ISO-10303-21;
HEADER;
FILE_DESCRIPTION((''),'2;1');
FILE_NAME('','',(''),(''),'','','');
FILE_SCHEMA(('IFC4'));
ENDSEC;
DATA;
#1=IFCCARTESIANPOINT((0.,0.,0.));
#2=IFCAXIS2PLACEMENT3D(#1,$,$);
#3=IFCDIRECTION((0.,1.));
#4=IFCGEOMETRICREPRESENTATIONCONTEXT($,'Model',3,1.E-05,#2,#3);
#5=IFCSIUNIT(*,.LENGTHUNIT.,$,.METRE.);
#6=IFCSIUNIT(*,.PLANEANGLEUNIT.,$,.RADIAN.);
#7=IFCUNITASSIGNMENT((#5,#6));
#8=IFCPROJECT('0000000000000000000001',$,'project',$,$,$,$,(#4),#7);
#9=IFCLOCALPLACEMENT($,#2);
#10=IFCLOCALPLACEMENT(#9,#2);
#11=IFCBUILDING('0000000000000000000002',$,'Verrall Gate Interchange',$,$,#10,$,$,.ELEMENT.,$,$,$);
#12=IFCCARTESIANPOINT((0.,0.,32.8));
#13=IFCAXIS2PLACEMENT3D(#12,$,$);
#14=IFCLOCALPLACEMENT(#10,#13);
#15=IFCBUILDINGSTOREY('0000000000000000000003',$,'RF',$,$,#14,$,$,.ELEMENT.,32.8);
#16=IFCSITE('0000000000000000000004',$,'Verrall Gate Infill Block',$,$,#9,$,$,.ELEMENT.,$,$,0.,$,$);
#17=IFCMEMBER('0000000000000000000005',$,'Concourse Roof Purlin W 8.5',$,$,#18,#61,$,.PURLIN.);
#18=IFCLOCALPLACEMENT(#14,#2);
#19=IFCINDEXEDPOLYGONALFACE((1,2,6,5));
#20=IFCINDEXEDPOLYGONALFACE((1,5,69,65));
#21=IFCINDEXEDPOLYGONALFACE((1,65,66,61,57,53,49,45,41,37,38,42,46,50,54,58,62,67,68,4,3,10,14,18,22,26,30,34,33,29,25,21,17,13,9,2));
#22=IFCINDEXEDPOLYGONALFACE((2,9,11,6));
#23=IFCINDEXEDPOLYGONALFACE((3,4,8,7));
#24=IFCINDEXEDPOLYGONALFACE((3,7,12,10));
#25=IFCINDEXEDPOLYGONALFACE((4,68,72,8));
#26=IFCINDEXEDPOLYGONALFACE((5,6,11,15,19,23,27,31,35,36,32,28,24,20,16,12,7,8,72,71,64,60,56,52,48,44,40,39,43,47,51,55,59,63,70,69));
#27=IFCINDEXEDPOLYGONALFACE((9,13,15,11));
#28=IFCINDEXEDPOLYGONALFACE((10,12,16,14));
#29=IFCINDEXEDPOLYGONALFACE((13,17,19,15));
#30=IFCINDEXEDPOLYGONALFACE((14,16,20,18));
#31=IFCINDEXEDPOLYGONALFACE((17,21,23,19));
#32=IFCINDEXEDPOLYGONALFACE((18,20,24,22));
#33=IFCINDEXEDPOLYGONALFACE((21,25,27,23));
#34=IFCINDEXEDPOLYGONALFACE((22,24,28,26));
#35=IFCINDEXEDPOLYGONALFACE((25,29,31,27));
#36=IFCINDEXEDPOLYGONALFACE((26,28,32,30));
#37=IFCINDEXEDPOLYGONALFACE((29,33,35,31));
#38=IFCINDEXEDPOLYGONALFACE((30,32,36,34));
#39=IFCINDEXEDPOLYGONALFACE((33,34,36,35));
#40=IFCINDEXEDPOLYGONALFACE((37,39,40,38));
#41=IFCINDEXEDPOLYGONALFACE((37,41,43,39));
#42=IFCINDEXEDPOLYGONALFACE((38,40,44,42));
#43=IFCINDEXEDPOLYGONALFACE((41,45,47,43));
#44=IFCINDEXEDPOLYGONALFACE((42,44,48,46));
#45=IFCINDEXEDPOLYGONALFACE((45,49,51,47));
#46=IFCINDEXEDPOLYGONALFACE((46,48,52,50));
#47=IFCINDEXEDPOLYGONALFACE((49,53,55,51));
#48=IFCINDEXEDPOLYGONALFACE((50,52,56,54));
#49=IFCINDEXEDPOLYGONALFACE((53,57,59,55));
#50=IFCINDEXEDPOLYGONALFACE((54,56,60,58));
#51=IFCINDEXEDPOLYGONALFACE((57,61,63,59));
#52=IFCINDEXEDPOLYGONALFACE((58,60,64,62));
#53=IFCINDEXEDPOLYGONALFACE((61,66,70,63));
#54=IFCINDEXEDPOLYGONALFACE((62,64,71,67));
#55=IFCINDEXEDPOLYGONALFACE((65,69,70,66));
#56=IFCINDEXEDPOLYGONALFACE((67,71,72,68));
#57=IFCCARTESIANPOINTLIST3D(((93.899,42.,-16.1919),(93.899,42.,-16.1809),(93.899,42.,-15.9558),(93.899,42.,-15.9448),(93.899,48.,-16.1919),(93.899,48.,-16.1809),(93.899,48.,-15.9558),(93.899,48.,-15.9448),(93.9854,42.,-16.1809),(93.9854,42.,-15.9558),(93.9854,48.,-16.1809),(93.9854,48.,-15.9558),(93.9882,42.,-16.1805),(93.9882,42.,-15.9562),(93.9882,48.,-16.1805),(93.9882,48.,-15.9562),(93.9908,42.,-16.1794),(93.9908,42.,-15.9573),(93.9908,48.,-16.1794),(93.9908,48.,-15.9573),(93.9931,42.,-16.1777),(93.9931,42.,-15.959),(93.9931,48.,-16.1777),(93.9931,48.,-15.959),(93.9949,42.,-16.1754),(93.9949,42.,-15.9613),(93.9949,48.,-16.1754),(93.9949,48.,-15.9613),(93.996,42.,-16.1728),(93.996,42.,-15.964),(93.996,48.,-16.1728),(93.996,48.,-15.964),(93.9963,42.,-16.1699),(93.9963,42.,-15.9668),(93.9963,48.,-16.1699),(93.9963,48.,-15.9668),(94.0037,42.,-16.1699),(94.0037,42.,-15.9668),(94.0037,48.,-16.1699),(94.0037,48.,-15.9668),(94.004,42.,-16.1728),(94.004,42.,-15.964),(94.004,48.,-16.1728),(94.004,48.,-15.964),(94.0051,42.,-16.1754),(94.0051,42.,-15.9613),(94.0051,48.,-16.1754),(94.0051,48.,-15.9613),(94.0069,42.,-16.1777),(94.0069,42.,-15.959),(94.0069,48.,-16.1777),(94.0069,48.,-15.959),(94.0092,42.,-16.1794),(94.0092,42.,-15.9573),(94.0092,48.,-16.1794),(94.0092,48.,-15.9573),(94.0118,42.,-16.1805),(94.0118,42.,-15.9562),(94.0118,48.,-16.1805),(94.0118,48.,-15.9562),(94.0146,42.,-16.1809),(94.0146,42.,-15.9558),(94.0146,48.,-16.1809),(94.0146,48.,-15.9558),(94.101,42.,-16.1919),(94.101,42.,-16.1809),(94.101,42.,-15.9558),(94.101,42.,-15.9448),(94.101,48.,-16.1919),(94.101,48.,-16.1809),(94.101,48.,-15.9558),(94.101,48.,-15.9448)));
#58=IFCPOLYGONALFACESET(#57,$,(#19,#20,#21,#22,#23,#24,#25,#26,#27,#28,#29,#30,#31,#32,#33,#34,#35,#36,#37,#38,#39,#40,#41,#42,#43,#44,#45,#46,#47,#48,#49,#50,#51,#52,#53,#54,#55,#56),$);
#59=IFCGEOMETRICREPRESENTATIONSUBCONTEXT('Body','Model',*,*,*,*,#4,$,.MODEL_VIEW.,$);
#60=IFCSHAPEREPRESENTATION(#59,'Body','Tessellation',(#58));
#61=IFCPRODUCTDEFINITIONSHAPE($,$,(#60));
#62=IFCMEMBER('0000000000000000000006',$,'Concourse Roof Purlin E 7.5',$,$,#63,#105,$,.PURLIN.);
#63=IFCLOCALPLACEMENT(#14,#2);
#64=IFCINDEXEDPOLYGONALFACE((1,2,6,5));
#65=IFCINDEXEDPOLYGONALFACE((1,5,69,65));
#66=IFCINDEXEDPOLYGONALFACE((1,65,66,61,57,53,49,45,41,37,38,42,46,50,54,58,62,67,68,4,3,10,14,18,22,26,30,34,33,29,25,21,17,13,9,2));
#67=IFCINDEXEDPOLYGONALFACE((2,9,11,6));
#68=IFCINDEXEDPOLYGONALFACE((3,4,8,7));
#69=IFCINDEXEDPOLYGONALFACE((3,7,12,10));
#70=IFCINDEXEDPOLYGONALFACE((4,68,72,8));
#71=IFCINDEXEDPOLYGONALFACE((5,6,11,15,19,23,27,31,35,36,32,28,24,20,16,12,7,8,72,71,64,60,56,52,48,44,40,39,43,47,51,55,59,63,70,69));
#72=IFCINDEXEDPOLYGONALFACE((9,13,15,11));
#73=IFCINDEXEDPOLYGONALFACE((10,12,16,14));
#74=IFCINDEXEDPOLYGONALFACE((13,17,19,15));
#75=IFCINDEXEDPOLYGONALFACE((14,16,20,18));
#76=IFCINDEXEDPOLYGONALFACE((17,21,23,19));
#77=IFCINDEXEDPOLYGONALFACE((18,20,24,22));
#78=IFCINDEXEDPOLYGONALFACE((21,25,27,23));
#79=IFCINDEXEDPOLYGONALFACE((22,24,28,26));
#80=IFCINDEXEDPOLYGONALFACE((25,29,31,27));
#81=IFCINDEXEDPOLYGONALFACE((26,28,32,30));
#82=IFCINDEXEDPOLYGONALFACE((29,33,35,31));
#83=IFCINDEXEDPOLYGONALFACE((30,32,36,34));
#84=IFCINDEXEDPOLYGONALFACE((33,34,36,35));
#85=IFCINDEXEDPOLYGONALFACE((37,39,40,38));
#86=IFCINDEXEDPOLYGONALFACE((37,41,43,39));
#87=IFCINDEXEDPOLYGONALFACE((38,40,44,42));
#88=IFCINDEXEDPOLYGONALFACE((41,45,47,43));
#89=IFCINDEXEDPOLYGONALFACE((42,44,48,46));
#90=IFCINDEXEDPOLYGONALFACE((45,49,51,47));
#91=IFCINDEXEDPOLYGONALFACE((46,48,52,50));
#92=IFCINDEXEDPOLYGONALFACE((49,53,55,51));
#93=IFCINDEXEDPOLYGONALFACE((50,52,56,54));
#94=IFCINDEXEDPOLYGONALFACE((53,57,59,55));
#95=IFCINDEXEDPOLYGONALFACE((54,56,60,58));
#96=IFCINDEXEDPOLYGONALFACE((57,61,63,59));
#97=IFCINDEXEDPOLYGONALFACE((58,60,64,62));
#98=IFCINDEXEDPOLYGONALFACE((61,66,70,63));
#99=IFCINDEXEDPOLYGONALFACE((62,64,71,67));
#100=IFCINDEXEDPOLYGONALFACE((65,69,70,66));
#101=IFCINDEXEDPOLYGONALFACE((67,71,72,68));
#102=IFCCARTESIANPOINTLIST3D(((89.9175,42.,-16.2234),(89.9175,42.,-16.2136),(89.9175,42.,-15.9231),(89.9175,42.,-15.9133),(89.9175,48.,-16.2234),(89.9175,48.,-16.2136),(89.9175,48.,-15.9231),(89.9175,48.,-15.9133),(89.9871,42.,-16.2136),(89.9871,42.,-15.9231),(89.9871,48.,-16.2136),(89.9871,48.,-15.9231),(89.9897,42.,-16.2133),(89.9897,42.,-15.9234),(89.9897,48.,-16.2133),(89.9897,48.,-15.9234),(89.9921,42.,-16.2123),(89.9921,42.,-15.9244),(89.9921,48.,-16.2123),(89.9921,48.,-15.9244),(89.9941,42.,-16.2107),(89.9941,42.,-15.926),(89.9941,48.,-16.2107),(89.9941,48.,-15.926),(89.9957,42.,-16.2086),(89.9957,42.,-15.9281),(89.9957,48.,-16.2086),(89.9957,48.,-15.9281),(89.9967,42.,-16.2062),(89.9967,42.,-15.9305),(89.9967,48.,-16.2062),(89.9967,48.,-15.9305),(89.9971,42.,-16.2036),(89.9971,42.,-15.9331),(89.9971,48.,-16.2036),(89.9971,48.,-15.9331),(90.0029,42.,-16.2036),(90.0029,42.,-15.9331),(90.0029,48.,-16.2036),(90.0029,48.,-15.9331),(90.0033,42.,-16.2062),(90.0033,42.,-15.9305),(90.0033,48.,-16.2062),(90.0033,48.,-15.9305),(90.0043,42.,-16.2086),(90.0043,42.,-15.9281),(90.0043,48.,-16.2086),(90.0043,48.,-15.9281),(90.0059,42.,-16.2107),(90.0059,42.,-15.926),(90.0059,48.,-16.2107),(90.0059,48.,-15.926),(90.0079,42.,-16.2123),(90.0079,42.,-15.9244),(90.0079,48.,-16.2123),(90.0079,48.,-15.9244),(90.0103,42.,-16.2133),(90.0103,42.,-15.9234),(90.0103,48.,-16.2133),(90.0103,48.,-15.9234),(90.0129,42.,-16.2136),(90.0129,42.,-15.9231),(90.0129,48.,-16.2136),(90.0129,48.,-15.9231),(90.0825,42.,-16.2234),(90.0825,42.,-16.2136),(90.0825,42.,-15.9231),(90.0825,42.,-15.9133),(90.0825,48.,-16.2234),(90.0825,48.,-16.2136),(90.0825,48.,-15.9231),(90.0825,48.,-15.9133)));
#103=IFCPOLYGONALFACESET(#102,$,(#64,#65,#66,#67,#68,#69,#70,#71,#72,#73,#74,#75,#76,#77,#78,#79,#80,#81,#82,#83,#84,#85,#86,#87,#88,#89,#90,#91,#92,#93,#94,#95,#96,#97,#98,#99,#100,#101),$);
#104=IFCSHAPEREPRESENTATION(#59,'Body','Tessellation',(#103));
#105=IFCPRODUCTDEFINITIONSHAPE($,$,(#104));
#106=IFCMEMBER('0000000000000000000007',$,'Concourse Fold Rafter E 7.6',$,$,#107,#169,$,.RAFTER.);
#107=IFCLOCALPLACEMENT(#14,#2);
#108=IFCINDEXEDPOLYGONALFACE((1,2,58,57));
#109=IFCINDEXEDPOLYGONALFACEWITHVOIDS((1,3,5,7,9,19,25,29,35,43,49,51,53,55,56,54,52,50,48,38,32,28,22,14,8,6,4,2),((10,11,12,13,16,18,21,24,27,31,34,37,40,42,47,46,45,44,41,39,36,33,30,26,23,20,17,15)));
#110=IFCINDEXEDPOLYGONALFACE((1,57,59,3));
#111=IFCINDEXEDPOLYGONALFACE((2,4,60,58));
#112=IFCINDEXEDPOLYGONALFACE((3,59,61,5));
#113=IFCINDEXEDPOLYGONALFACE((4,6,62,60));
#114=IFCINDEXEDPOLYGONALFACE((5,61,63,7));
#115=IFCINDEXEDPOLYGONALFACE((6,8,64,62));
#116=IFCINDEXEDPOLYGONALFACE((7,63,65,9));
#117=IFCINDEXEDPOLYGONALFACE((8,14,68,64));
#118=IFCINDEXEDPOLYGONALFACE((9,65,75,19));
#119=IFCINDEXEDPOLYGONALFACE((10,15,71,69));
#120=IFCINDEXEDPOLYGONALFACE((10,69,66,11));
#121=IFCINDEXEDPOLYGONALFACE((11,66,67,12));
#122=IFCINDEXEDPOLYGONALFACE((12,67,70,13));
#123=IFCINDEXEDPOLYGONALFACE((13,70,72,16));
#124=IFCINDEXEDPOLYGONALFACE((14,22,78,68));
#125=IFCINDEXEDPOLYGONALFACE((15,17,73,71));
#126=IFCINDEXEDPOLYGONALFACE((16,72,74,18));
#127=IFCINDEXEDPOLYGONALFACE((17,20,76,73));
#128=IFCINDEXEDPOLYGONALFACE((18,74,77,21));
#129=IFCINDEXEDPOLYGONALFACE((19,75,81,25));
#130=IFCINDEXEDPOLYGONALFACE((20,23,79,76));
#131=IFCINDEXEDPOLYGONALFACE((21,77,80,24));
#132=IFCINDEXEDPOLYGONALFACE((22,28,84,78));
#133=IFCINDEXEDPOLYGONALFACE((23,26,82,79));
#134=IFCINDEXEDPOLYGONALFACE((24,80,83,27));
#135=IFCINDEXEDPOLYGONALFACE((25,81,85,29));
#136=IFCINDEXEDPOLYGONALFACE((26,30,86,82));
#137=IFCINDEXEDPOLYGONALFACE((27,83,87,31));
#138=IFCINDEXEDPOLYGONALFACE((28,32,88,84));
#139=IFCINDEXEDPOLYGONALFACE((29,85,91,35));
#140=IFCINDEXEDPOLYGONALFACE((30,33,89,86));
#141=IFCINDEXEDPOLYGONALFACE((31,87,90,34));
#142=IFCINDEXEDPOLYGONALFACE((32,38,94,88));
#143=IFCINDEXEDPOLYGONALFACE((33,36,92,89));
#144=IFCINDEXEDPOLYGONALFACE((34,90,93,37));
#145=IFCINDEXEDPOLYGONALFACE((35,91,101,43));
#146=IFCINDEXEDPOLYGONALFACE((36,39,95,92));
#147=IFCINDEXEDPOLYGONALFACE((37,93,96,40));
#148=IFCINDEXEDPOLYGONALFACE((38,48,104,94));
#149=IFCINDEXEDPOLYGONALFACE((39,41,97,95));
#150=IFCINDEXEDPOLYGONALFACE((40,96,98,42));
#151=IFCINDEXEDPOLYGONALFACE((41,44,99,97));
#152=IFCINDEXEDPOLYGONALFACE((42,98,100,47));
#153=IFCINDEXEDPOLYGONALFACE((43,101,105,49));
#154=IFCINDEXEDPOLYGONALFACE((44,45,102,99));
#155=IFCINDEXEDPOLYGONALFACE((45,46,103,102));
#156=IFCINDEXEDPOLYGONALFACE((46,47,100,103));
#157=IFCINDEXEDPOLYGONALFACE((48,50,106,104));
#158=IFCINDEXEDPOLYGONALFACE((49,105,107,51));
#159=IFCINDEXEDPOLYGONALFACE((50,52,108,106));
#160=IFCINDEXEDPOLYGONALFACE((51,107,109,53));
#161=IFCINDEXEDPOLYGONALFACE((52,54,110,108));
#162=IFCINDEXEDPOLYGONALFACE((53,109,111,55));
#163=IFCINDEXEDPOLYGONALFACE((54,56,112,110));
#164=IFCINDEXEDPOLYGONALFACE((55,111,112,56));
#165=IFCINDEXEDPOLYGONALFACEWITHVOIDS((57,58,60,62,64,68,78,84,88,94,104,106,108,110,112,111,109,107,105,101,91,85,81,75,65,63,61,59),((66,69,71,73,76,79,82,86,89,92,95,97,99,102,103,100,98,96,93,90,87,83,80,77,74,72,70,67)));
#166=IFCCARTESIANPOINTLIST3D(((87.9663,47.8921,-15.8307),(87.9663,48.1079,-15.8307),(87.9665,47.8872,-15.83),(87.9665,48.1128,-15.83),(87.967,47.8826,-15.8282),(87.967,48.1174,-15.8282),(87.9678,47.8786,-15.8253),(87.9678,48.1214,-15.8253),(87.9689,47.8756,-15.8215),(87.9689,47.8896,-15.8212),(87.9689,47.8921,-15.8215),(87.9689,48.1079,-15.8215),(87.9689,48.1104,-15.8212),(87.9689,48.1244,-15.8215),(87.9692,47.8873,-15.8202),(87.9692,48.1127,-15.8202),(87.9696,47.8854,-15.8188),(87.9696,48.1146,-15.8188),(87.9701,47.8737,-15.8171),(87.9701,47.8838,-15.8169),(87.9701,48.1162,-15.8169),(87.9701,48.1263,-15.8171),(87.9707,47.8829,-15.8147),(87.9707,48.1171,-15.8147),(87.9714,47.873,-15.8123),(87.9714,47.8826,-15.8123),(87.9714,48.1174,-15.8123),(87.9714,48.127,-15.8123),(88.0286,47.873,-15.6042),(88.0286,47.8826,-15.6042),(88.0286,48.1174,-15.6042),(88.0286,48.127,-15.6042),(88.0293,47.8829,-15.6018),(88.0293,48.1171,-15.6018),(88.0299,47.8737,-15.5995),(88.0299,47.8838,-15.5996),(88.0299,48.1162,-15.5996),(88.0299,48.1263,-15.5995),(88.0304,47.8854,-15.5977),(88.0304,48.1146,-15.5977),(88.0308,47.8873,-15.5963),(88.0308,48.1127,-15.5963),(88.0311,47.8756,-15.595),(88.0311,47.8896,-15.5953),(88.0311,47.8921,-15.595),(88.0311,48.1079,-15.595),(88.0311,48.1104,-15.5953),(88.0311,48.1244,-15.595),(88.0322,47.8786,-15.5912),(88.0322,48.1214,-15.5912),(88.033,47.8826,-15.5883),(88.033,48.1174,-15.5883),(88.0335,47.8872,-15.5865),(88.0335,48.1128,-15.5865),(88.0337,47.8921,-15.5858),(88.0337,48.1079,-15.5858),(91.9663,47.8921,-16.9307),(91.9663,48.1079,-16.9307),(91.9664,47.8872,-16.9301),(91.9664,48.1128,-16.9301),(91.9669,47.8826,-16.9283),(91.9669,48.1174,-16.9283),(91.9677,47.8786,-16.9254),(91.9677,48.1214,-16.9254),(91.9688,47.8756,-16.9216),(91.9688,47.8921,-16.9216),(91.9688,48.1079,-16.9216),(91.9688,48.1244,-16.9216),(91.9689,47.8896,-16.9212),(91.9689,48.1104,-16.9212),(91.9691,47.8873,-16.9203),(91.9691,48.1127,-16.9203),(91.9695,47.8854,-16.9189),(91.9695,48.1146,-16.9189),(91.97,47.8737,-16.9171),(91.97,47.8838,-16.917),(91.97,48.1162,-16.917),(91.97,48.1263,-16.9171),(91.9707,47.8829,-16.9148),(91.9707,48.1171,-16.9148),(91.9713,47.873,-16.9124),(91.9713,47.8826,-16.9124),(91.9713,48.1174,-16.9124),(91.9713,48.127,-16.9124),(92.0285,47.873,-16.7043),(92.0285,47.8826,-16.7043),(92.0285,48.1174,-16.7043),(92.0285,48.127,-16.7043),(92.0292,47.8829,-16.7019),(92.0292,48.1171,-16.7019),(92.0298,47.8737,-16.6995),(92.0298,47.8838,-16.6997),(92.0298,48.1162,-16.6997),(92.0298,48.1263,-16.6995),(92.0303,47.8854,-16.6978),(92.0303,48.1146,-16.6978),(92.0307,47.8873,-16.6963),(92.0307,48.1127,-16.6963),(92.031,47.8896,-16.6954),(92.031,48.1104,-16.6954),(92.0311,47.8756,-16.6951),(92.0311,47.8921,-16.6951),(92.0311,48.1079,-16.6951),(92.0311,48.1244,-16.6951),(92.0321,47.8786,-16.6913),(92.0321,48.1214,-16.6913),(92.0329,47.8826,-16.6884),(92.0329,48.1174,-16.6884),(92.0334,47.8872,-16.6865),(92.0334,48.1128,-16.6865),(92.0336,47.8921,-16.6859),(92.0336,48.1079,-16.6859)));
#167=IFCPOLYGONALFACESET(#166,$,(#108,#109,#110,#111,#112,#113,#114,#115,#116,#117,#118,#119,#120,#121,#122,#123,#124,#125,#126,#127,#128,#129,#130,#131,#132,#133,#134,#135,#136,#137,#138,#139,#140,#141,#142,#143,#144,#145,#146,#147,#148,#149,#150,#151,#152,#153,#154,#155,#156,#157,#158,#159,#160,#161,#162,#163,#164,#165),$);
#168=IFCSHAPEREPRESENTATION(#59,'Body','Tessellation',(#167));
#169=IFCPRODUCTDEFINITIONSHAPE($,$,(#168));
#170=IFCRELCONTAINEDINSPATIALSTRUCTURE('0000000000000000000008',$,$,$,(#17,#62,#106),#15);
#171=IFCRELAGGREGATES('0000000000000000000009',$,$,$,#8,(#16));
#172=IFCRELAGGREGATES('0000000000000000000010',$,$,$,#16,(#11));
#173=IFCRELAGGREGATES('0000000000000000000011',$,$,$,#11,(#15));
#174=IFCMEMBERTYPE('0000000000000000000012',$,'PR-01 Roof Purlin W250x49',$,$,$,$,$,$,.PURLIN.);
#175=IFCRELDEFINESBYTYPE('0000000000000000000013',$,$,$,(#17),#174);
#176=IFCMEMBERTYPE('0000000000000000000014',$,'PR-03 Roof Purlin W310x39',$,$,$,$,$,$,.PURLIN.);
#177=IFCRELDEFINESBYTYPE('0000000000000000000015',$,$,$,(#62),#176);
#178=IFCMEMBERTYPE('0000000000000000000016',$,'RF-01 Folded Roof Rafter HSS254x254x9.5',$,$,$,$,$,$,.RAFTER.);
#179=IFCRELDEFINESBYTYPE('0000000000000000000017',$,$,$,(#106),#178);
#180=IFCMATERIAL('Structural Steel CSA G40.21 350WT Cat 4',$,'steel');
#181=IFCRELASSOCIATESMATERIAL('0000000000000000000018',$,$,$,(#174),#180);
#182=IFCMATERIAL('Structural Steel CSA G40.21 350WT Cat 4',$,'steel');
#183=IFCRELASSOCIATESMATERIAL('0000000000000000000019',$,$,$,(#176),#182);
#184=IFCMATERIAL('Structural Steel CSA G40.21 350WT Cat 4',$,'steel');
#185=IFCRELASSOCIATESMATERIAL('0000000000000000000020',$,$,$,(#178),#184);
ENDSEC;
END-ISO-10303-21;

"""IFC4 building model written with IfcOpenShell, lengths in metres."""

from ifc_helpers import new_model, si_unit, direction, frame, origin, origin_2d, place, context, subcontext, project, spatial, hollow_rectangle, i_section, extrude, material, material_profile, profile_set, type_object, element, save


model = new_model("IFC4")

# Units and contexts
model_context = context("Model", 3, precision=1e-05, world=origin(), true_north=direction((0.0, 1.0)))
body_context = subcontext(model_context, "Body", "Model", "MODEL_VIEW")
ifc_project = project(units=[si_unit("LENGTHUNIT", "METRE"), si_unit("PLANEANGLEUNIT", "RADIAN")], contexts=[model_context])

# Site, building, storey
site_placement = place(None, origin())
site = spatial("IfcSite", under=ifc_project, at=site_placement, Name="Verrall Gate Infill Block", CompositionType="ELEMENT", RefElevation=0.0)
building_placement = place(site_placement, origin())
building = spatial("IfcBuilding", under=site, at=building_placement, Name="Verrall Gate Interchange", CompositionType="ELEMENT")
storey_placement = place(building_placement, frame((0.0, 0.0, 32.8)))
storey = spatial("IfcBuildingStorey", under=building, at=storey_placement, Name="RF", CompositionType="ELEMENT", Elevation=32.8)

# Members
ifc_material_1 = material(Name="Structural Steel CSA G40.21 350WT Cat 4", Category="steel")
ifc_material_profile_1 = material_profile(ifc_material_1, i_section(OverallWidth=0.2019, OverallDepth=0.2471, WebThickness=0.0073, FlangeThickness=0.011, FilletRadius=0.011, at=origin_2d()), Name="W250x49")
ifc_profile_set_1 = profile_set([ifc_material_profile_1], Name="Structural Steel CSA G40.21 350WT Cat 4")
member_type_1 = type_object("IfcMemberType", Name="PR-01 Roof Purlin W250x49", PredefinedType="PURLIN", material=ifc_profile_set_1)
for number, where, z_axis, x_axis, name in (
    (1, (94.0, 42.0, -16.0684), (0.0, 1.0, 0.0), (-1.0, 0.0, 0.0), "Concourse Roof Purlin W 8.5"),
):
    element("IfcMember", number, at=place(storey_placement, frame(where, z_axis=z_axis, x_axis=x_axis)), inside=storey, type_object=member_type_1, Name=name, PredefinedType="PURLIN", context=body_context, shape_type="SweptSolid", body=[
        extrude(i_section(OverallWidth=0.2019, OverallDepth=0.2471, WebThickness=0.0073, FlangeThickness=0.011, FilletRadius=0.011, at=origin_2d()), origin(), (0.0, 0.0, 1.0), 6.0),
    ])
ifc_material_2 = material(Name="Structural Steel CSA G40.21 350WT Cat 4", Category="steel")
ifc_material_profile_2 = material_profile(ifc_material_2, i_section(OverallWidth=0.165, OverallDepth=0.3101, WebThickness=0.0059, FlangeThickness=0.0098, FilletRadius=0.01, at=origin_2d()), Name="W310x39")
ifc_profile_set_2 = profile_set([ifc_material_profile_2], Name="Structural Steel CSA G40.21 350WT Cat 4")
member_type_2 = type_object("IfcMemberType", Name="PR-03 Roof Purlin W310x39", PredefinedType="PURLIN", material=ifc_profile_set_2)
member_1_placement = place(storey_placement, frame((90.0, 42.0, -16.0684), z_axis=(0.0, 1.0, 0.0), x_axis=(-1.0, 0.0, 0.0)))
element("IfcMember", 2, at=member_1_placement, inside=storey, type_object=member_type_2, Name="Concourse Roof Purlin E 7.5", PredefinedType="PURLIN", context=body_context, shape_type="SweptSolid", body=[
    extrude(i_section(OverallWidth=0.165, OverallDepth=0.3101, WebThickness=0.0059, FlangeThickness=0.0098, FilletRadius=0.01, at=origin_2d()), origin(), (0.0, 0.0, 1.0), 6.0),
])
ifc_material_3 = material(Name="Structural Steel CSA G40.21 350WT Cat 4", Category="steel")
ifc_material_profile_3 = material_profile(ifc_material_3, hollow_rectangle(XDim=0.2539, YDim=0.2539, WallThickness=0.0095, InnerFilletRadius=0.0095, OuterFilletRadius=0.019, at=origin_2d()), Name="HSS254x254x9.5")
ifc_profile_set_3 = profile_set([ifc_material_profile_3], Name="Structural Steel CSA G40.21 350WT Cat 4")
member_type_3 = type_object("IfcMemberType", Name="RF-01 Folded Roof Rafter HSS254x254x9.5", PredefinedType="RAFTER", material=ifc_profile_set_3)
for number, where, z_axis, x_axis, name in (
    (3, (88.0, 48.0, -15.7083), (0.964199, 0.0, -0.265178), (0.0, 1.0, 0.0), "Concourse Fold Rafter E 7.6"),
):
    element("IfcMember", number, at=place(storey_placement, frame(where, z_axis=z_axis, x_axis=x_axis)), inside=storey, type_object=member_type_3, Name=name, PredefinedType="RAFTER", context=body_context, shape_type="SweptSolid", body=[
        extrude(hollow_rectangle(XDim=0.2539, YDim=0.2539, WallThickness=0.0095, InnerFilletRadius=0.0095, OuterFilletRadius=0.019, at=origin_2d()), origin(), (0.0, 0.0, 1.0), 4.1484),
    ])

save(model, "model.ifc")
